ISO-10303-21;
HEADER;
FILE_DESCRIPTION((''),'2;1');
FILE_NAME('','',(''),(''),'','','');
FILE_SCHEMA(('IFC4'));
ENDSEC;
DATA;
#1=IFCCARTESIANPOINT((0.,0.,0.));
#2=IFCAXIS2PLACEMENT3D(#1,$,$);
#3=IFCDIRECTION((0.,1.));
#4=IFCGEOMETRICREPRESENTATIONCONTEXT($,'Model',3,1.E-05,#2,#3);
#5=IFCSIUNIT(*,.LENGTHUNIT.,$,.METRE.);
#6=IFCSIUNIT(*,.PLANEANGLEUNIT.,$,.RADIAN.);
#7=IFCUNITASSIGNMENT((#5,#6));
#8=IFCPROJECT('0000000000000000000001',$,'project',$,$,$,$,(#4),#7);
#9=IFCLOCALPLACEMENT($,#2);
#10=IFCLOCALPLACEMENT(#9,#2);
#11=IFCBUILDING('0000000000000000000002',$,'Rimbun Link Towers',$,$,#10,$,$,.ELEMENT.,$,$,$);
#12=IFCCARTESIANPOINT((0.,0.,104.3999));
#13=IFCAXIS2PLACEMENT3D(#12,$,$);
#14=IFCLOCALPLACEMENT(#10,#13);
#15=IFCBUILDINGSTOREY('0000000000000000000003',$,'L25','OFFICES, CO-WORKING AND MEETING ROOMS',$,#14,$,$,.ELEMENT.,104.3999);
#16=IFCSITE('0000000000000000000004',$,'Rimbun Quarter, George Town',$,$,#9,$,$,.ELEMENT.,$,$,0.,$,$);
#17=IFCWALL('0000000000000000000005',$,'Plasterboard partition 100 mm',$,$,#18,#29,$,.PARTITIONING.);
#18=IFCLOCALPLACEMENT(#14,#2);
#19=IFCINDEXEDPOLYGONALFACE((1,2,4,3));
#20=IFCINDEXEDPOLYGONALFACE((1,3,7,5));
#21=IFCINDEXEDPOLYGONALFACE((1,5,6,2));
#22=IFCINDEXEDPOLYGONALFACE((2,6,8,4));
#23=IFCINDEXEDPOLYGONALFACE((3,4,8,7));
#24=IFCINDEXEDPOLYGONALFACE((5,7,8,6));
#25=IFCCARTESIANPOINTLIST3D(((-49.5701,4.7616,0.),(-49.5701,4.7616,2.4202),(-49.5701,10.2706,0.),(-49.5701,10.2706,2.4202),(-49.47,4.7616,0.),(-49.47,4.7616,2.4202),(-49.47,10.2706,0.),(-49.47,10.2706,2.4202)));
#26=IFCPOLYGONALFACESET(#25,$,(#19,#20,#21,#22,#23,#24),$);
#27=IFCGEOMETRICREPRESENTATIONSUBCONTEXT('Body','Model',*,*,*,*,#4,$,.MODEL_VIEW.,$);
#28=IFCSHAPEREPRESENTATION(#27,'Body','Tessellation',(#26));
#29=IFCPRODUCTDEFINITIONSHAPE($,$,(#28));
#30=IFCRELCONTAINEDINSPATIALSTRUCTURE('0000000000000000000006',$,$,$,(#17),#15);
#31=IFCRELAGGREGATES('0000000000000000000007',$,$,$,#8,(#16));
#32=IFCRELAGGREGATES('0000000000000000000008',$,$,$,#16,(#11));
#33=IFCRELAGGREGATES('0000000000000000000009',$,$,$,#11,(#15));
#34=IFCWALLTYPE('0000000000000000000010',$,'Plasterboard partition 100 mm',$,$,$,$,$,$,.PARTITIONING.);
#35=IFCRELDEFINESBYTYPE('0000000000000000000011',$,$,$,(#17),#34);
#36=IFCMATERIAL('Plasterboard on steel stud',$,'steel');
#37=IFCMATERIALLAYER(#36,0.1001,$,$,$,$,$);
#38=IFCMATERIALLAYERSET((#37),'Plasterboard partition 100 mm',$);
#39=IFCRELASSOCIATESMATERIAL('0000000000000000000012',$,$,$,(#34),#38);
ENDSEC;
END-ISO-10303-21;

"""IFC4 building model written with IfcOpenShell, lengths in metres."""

from ifc_helpers import new_model, si_unit, direction, frame, frame_2d, origin, place, context, subcontext, project, spatial, rectangle, extrude, material, layer, layer_set, type_object, element, save


model = new_model("IFC4")

# Units and contexts
model_context = context("Model", 3, precision=1e-05, world=origin(), true_north=direction((0.0, 1.0)))
body_context = subcontext(model_context, "Body", "Model", "MODEL_VIEW")
ifc_project = project(units=[si_unit("LENGTHUNIT", "METRE"), si_unit("PLANEANGLEUNIT", "RADIAN")], contexts=[model_context])

# Site, building, storey
site_placement = place(None, origin())
site = spatial("IfcSite", under=ifc_project, at=site_placement, Name="Rimbun Quarter, George Town", CompositionType="ELEMENT", RefElevation=0.0)
building_placement = place(site_placement, origin())
building = spatial("IfcBuilding", under=site, at=building_placement, Name="Rimbun Link Towers", CompositionType="ELEMENT")
storey_placement = place(building_placement, frame((0.0, 0.0, 104.3999)))
storey = spatial("IfcBuildingStorey", under=building, at=storey_placement, Name="L25", Description="OFFICES, CO-WORKING AND MEETING ROOMS", CompositionType="ELEMENT", Elevation=104.3999)

# Shared definitions
ifc_material_1 = material(Name="Plasterboard on steel stud", Category="steel")
ifc_layer_1 = layer(ifc_material_1, 0.1001)
ifc_layer_set_1 = layer_set([ifc_layer_1], Name="Plasterboard partition 100 mm")
wall_type_1 = type_object("IfcWallType", Name="Plasterboard partition 100 mm", PredefinedType="PARTITIONING", material=ifc_layer_set_1)

# Wall
wall_1_placement = place(storey_placement, frame((-49.52, 10.2705, 0.0), z_axis=(0.0, 0.0, 1.0), x_axis=(0.0, -1.0, 0.0)))
element("IfcWall", 1, at=wall_1_placement, inside=storey, type_object=wall_type_1, Name="Plasterboard partition 100 mm", PredefinedType="PARTITIONING", context=body_context, shape_type="SweptSolid", body=[
    extrude(rectangle(XDim=5.509, YDim=0.1001, at=frame_2d((2.7544, 0.0))), origin(), (0.0, 0.0, 1.0), 2.4202),
])

save(model, "model.ifc")
